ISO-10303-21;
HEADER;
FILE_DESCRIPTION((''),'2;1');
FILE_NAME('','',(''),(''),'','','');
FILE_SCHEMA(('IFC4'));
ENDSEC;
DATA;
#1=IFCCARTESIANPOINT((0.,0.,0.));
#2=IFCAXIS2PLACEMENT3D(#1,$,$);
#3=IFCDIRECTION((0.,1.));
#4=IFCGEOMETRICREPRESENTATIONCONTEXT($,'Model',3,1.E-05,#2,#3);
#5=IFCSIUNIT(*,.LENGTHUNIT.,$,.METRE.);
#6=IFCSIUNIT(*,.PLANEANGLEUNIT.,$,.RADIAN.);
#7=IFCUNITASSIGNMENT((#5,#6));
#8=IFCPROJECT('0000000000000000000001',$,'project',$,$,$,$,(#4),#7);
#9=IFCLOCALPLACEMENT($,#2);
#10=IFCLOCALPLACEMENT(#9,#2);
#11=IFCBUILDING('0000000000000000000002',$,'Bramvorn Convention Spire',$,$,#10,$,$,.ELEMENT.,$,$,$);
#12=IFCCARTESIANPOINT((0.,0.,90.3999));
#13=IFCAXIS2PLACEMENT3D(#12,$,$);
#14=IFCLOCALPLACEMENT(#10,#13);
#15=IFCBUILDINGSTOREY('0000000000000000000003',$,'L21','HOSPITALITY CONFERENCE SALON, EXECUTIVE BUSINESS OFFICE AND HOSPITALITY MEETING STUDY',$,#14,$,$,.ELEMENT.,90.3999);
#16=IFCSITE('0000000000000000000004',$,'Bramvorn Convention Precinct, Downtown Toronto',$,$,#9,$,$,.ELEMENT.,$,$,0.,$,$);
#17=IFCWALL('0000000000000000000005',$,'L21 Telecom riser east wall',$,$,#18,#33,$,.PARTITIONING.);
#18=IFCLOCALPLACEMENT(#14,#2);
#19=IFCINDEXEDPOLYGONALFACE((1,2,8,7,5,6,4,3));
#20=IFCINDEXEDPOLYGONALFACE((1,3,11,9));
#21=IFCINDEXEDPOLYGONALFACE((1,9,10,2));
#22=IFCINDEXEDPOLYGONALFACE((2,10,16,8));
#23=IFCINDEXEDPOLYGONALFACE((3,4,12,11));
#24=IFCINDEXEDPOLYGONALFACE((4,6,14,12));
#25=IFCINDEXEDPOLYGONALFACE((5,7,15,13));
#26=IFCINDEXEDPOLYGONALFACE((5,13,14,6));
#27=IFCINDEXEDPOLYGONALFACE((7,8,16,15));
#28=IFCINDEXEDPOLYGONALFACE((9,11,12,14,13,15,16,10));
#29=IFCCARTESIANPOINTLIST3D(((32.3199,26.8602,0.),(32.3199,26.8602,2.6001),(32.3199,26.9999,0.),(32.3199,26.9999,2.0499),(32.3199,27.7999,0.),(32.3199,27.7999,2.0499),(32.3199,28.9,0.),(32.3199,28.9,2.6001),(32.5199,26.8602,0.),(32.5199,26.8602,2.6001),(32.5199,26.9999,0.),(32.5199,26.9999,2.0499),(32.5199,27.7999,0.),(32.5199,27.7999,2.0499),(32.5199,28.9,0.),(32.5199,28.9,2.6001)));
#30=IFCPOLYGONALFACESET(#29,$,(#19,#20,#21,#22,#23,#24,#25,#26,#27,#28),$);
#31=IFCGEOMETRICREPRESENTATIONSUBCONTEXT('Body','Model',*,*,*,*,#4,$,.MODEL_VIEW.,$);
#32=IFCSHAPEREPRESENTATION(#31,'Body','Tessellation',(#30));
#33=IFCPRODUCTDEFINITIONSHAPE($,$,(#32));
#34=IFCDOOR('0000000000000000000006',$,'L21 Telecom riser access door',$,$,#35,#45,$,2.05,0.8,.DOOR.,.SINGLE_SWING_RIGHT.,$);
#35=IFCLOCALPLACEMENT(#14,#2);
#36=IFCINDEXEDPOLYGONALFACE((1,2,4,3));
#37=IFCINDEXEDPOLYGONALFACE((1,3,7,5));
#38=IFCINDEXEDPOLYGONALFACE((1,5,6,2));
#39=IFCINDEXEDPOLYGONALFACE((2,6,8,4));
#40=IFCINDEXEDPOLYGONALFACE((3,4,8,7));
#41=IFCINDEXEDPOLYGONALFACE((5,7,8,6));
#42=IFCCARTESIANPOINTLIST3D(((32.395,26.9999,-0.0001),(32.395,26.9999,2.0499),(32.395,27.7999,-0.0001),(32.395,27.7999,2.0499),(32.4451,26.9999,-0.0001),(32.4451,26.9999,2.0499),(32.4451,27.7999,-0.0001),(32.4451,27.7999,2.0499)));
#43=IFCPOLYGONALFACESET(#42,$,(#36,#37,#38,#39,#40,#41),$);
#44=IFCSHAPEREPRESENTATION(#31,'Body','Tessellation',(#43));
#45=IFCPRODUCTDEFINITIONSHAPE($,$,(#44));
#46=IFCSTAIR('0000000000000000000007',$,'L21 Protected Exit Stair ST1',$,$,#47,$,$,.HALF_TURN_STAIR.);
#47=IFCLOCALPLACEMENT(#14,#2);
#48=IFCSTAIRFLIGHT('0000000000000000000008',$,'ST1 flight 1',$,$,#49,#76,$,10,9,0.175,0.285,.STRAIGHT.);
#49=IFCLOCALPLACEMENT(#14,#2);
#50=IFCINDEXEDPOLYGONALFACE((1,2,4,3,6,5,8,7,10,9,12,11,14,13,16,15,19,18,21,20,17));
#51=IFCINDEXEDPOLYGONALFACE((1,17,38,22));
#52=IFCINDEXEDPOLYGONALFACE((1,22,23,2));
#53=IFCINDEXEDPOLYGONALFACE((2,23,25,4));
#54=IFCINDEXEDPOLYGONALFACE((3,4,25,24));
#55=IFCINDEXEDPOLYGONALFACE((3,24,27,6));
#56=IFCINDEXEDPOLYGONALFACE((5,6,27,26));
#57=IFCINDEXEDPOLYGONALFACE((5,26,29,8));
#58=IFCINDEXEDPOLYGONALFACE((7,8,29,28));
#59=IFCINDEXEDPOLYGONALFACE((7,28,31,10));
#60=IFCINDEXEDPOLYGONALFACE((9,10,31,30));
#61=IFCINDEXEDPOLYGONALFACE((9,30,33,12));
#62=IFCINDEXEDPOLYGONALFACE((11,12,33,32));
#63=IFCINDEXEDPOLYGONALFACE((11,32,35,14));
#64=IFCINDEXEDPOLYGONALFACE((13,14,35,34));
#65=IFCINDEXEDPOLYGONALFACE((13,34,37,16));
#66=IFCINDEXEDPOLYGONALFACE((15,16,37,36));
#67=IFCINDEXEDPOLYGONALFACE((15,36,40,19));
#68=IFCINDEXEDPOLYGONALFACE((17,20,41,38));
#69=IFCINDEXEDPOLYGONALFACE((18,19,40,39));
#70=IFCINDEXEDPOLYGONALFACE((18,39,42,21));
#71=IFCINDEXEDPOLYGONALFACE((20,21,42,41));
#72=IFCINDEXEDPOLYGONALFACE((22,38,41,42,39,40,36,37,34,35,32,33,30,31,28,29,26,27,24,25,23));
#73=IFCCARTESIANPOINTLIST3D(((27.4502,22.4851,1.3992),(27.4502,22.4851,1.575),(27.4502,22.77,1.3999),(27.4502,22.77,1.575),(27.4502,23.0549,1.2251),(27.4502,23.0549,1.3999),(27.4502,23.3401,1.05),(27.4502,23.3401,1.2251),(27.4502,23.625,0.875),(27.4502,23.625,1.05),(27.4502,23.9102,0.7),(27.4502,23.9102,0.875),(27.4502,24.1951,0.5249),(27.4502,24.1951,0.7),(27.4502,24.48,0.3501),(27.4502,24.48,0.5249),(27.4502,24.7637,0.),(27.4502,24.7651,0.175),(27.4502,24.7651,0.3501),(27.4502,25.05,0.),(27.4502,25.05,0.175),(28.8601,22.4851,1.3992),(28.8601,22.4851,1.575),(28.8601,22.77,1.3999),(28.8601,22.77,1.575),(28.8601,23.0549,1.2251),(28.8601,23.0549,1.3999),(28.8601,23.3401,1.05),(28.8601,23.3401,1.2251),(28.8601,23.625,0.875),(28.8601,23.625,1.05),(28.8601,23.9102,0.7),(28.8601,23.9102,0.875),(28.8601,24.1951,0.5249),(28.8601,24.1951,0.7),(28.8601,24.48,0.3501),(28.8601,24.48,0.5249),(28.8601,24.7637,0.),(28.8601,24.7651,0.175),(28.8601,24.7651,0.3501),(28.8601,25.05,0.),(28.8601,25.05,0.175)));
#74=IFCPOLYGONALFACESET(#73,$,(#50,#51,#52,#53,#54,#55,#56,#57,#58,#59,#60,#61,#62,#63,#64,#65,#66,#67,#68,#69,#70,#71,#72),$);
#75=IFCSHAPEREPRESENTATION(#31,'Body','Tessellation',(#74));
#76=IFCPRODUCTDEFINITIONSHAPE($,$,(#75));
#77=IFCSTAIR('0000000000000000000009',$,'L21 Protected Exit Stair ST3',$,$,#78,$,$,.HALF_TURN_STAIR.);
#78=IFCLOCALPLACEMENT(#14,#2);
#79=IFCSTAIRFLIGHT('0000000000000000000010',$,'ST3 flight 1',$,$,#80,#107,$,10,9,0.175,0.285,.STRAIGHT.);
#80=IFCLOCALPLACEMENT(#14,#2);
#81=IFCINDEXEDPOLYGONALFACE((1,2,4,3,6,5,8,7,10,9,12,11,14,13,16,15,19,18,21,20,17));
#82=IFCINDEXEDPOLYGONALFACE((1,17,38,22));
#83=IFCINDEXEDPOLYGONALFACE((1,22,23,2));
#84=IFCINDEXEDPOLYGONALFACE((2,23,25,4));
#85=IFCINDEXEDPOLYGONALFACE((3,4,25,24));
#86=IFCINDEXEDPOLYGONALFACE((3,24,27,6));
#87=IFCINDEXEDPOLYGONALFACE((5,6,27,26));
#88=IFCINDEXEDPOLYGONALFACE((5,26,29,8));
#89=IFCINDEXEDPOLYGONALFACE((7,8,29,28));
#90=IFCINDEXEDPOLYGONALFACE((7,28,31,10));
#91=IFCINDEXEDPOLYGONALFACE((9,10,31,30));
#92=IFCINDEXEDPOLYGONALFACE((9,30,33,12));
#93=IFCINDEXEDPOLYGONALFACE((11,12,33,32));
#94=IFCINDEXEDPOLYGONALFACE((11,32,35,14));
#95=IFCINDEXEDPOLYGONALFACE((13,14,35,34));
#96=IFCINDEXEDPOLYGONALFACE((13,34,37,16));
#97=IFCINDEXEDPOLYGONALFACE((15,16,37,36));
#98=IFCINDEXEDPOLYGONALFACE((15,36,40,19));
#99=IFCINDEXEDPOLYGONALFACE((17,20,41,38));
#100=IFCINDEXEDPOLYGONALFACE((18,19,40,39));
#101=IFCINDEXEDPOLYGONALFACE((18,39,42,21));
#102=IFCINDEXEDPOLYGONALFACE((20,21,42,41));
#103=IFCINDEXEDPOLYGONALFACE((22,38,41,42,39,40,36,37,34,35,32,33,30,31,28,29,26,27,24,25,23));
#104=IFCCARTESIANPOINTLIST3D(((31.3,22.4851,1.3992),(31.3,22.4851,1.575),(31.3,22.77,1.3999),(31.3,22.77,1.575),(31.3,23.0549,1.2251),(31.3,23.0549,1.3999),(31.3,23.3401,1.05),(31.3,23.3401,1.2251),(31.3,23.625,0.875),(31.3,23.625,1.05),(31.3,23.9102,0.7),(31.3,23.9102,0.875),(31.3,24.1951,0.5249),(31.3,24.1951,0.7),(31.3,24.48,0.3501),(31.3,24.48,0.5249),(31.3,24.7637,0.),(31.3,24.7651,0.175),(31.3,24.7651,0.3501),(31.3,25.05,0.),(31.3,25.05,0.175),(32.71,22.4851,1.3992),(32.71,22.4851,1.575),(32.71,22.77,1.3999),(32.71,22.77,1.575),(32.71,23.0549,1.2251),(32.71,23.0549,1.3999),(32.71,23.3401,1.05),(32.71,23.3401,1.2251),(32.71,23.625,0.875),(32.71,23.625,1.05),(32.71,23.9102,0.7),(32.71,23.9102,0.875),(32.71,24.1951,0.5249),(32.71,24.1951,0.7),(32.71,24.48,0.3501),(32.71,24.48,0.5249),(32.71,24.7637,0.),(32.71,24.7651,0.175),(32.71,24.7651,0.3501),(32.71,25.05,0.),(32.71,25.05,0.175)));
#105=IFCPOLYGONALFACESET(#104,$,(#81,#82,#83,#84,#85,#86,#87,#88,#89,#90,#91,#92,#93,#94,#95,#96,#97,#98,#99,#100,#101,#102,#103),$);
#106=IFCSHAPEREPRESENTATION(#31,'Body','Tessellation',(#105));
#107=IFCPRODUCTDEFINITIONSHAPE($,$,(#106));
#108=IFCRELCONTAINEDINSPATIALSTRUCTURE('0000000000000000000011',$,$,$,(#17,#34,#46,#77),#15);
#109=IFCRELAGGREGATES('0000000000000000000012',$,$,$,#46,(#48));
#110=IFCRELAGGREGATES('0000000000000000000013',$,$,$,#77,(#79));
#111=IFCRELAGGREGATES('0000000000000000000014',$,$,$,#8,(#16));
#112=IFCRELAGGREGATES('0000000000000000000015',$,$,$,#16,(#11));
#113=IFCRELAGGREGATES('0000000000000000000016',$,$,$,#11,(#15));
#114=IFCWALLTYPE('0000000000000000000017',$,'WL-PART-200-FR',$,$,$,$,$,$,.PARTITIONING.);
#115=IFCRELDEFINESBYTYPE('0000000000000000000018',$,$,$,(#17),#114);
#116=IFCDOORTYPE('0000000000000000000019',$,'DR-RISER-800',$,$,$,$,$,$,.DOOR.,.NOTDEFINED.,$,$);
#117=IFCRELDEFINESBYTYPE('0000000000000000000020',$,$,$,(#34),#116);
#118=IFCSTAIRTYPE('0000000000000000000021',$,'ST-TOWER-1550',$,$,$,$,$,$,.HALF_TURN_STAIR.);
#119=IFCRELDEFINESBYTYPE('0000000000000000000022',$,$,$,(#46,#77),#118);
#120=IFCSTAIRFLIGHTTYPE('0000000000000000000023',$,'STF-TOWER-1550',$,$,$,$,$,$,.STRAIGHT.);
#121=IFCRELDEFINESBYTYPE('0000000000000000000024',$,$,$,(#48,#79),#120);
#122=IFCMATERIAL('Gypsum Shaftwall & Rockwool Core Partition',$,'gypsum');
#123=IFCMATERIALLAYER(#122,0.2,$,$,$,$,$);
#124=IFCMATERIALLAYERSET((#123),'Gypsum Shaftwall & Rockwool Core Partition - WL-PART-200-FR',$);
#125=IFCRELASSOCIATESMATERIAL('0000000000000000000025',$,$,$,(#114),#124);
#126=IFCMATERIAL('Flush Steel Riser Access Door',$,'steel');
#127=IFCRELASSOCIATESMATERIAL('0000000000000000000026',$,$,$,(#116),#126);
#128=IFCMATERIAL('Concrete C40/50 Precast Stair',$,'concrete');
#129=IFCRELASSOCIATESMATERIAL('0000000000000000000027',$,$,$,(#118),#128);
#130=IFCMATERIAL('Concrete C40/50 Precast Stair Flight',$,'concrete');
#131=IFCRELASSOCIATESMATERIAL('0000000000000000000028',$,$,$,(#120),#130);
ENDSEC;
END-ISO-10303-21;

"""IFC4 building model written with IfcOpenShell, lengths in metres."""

from ifc_helpers import new_model, si_unit, direction, frame, frame_2d, origin, place, context, subcontext, project, spatial, polyline, rectangle, outline, extrude, material, layer, layer_set, type_object, element, fill, aggregate, save


model = new_model("IFC4")

# Units and contexts
model_context = context("Model", 3, precision=1e-05, world=origin(), true_north=direction((0.0, 1.0)))
body_context = subcontext(model_context, "Body", "Model", "MODEL_VIEW")
ifc_project = project(units=[si_unit("LENGTHUNIT", "METRE"), si_unit("PLANEANGLEUNIT", "RADIAN")], contexts=[model_context])

# Site, building, storey
site_placement = place(None, origin())
site = spatial("IfcSite", under=ifc_project, at=site_placement, Name="Bramvorn Convention Precinct, Downtown Toronto", CompositionType="ELEMENT", RefElevation=0.0)
building_placement = place(site_placement, origin())
building = spatial("IfcBuilding", under=site, at=building_placement, Name="Bramvorn Convention Spire", CompositionType="ELEMENT")
storey_placement = place(building_placement, frame((0.0, 0.0, 90.3999)))
storey = spatial("IfcBuildingStorey", under=building, at=storey_placement, Name="L21", Description="HOSPITALITY CONFERENCE SALON, EXECUTIVE BUSINESS OFFICE AND HOSPITALITY MEETING STUDY", CompositionType="ELEMENT", Elevation=90.3999)

# Wall, opening, door
ifc_material_1 = material(Name="Gypsum Shaftwall & Rockwool Core Partition", Category="gypsum")
ifc_layer_1 = layer(ifc_material_1, 0.2)
ifc_layer_set_1 = layer_set([ifc_layer_1], Name="Gypsum Shaftwall & Rockwool Core Partition - WL-PART-200-FR")
wall_type_1 = type_object("IfcWallType", Name="WL-PART-200-FR", PredefinedType="PARTITIONING", material=ifc_layer_set_1)
wall_1_placement = place(storey_placement, frame((32.4199, 26.8601, 0.0), z_axis=(0.0, 0.0, 1.0), x_axis=(0.0, 1.0, 0.0)))
wall_1 = element("IfcWall", 1, at=wall_1_placement, inside=storey, type_object=wall_type_1, Name="L21 Telecom riser east wall", PredefinedType="PARTITIONING", context=body_context, shape_type="SweptSolid", body=[
    extrude(rectangle(XDim=2.0398, YDim=0.2, at=frame_2d((1.02, 0.0))), origin(), (0.0, 0.0, 1.0), 2.6001),
])
opening_1_placement = place(wall_1_placement, frame((0.1399, 0.0, 0.0)))
opening_1 = element("IfcOpeningElement", 2, at=opening_1_placement, cuts=wall_1, PredefinedType="OPENING", context=body_context, shape_type="SweptSolid", body=[
    extrude(rectangle(XDim=0.8, YDim=2.05, at=frame_2d((0.3999, 1.0249))), frame((0.0, 0.1099, 0.0), z_axis=(0.0, -1.0, 0.0), x_axis=(1.0, 0.0, 0.0)), (0.0, 0.0, 1.0), 0.22),
])
ifc_material_2 = material(Name="Flush Steel Riser Access Door", Category="steel")
door_type_1 = type_object("IfcDoorType", Name="DR-RISER-800", OperationType="NOTDEFINED", PredefinedType="DOOR", material=ifc_material_2)
door_1_placement = place(opening_1_placement, origin())
door_1 = element("IfcDoor", 3, at=door_1_placement, inside=storey, type_object=door_type_1, Name="L21 Telecom riser access door", OperationType="SINGLE_SWING_RIGHT", OverallHeight=2.05, OverallWidth=0.8, PredefinedType="DOOR", context=body_context, shape_type="SweptSolid", body=[
    extrude(rectangle(XDim=0.8, YDim=2.05, at=frame_2d((0.3999, 1.0249))), frame((0.0, 0.0249, 0.0), z_axis=(0.0, -1.0, 0.0), x_axis=(1.0, 0.0, 0.0)), (0.0, 0.0, 1.0), 0.05),
])
fill(opening_1, door_1)

# Stairs, stair flights
ifc_material_3 = material(Name="Concrete C40/50 Precast Stair", Category="concrete")
stair_type = type_object("IfcStairType", Name="ST-TOWER-1550", PredefinedType="HALF_TURN_STAIR", material=ifc_material_3)
stair_1_placement = place(storey_placement, origin())
stair_1 = element("IfcStair", 4, at=stair_1_placement, inside=storey, type_object=stair_type, Name="L21 Protected Exit Stair ST1", PredefinedType="HALF_TURN_STAIR")
ifc_material_4 = material(Name="Concrete C40/50 Precast Stair Flight", Category="concrete")
stair_flight_type = type_object("IfcStairFlightType", Name="STF-TOWER-1550", PredefinedType="STRAIGHT", material=ifc_material_4)
stair_flight_1_placement = place(storey_placement, frame((28.155, 25.05, 0.0), z_axis=(0.0, 0.0, 1.0), x_axis=(0.0, -1.0, 0.0)))
stair_flight_1 = element("IfcStairFlight", 5, at=stair_flight_1_placement, type_object=stair_flight_type, Name="ST1 flight 1", NumberOfRisers=10, NumberOfTreads=9, PredefinedType="STRAIGHT", RiserHeight=0.175, TreadLength=0.285, context=body_context, shape_type="SweptSolid", body=[
    extrude(outline(polyline([(0.0, 0.0), (0.0, 0.175), (0.2849, 0.175), (0.2849, 0.3501), (0.5701, 0.3501), (0.5701, 0.5249), (0.855, 0.5249), (0.855, 0.7), (1.1399, 0.7), (1.1399, 0.875), (1.425, 0.875), (1.425, 1.05), (1.71, 1.05), (1.71, 1.2251), (1.9951, 1.2251), (1.9951, 1.3999), (2.28, 1.3999), (2.28, 1.575), (2.5649, 1.575), (2.5649, 1.75), (2.5649, 1.3992), (0.2864, 0.0), (0.0, 0.0)])), frame((0.0, 0.7051, 0.0), z_axis=(0.0, -1.0, 0.0), x_axis=(1.0, 0.0, 0.0)), (0.0, 0.0, 1.0), 1.4099),
])
aggregate(stair_1, [stair_flight_1])
stair_2_placement = place(storey_placement, origin())
stair_2 = element("IfcStair", 6, at=stair_2_placement, inside=storey, type_object=stair_type, Name="L21 Protected Exit Stair ST3", PredefinedType="HALF_TURN_STAIR")
stair_flight_2_placement = place(storey_placement, frame((32.0049, 25.05, 0.0), z_axis=(0.0, 0.0, 1.0), x_axis=(0.0, -1.0, 0.0)))
stair_flight_2 = element("IfcStairFlight", 7, at=stair_flight_2_placement, type_object=stair_flight_type, Name="ST3 flight 1", NumberOfRisers=10, NumberOfTreads=9, PredefinedType="STRAIGHT", RiserHeight=0.175, TreadLength=0.285, context=body_context, shape_type="SweptSolid", body=[
    extrude(outline(polyline([(0.0, 0.0), (0.0, 0.175), (0.2849, 0.175), (0.2849, 0.3501), (0.5701, 0.3501), (0.5701, 0.5249), (0.855, 0.5249), (0.855, 0.7), (1.1399, 0.7), (1.1399, 0.875), (1.425, 0.875), (1.425, 1.05), (1.71, 1.05), (1.71, 1.2251), (1.9951, 1.2251), (1.9951, 1.3999), (2.28, 1.3999), (2.28, 1.575), (2.5649, 1.575), (2.5649, 1.75), (2.5649, 1.3992), (0.2864, 0.0), (0.0, 0.0)])), frame((0.0, 0.7051, 0.0), z_axis=(0.0, -1.0, 0.0), x_axis=(1.0, 0.0, 0.0)), (0.0, 0.0, 1.0), 1.4099),
])
aggregate(stair_2, [stair_flight_2])

save(model, "model.ifc")
